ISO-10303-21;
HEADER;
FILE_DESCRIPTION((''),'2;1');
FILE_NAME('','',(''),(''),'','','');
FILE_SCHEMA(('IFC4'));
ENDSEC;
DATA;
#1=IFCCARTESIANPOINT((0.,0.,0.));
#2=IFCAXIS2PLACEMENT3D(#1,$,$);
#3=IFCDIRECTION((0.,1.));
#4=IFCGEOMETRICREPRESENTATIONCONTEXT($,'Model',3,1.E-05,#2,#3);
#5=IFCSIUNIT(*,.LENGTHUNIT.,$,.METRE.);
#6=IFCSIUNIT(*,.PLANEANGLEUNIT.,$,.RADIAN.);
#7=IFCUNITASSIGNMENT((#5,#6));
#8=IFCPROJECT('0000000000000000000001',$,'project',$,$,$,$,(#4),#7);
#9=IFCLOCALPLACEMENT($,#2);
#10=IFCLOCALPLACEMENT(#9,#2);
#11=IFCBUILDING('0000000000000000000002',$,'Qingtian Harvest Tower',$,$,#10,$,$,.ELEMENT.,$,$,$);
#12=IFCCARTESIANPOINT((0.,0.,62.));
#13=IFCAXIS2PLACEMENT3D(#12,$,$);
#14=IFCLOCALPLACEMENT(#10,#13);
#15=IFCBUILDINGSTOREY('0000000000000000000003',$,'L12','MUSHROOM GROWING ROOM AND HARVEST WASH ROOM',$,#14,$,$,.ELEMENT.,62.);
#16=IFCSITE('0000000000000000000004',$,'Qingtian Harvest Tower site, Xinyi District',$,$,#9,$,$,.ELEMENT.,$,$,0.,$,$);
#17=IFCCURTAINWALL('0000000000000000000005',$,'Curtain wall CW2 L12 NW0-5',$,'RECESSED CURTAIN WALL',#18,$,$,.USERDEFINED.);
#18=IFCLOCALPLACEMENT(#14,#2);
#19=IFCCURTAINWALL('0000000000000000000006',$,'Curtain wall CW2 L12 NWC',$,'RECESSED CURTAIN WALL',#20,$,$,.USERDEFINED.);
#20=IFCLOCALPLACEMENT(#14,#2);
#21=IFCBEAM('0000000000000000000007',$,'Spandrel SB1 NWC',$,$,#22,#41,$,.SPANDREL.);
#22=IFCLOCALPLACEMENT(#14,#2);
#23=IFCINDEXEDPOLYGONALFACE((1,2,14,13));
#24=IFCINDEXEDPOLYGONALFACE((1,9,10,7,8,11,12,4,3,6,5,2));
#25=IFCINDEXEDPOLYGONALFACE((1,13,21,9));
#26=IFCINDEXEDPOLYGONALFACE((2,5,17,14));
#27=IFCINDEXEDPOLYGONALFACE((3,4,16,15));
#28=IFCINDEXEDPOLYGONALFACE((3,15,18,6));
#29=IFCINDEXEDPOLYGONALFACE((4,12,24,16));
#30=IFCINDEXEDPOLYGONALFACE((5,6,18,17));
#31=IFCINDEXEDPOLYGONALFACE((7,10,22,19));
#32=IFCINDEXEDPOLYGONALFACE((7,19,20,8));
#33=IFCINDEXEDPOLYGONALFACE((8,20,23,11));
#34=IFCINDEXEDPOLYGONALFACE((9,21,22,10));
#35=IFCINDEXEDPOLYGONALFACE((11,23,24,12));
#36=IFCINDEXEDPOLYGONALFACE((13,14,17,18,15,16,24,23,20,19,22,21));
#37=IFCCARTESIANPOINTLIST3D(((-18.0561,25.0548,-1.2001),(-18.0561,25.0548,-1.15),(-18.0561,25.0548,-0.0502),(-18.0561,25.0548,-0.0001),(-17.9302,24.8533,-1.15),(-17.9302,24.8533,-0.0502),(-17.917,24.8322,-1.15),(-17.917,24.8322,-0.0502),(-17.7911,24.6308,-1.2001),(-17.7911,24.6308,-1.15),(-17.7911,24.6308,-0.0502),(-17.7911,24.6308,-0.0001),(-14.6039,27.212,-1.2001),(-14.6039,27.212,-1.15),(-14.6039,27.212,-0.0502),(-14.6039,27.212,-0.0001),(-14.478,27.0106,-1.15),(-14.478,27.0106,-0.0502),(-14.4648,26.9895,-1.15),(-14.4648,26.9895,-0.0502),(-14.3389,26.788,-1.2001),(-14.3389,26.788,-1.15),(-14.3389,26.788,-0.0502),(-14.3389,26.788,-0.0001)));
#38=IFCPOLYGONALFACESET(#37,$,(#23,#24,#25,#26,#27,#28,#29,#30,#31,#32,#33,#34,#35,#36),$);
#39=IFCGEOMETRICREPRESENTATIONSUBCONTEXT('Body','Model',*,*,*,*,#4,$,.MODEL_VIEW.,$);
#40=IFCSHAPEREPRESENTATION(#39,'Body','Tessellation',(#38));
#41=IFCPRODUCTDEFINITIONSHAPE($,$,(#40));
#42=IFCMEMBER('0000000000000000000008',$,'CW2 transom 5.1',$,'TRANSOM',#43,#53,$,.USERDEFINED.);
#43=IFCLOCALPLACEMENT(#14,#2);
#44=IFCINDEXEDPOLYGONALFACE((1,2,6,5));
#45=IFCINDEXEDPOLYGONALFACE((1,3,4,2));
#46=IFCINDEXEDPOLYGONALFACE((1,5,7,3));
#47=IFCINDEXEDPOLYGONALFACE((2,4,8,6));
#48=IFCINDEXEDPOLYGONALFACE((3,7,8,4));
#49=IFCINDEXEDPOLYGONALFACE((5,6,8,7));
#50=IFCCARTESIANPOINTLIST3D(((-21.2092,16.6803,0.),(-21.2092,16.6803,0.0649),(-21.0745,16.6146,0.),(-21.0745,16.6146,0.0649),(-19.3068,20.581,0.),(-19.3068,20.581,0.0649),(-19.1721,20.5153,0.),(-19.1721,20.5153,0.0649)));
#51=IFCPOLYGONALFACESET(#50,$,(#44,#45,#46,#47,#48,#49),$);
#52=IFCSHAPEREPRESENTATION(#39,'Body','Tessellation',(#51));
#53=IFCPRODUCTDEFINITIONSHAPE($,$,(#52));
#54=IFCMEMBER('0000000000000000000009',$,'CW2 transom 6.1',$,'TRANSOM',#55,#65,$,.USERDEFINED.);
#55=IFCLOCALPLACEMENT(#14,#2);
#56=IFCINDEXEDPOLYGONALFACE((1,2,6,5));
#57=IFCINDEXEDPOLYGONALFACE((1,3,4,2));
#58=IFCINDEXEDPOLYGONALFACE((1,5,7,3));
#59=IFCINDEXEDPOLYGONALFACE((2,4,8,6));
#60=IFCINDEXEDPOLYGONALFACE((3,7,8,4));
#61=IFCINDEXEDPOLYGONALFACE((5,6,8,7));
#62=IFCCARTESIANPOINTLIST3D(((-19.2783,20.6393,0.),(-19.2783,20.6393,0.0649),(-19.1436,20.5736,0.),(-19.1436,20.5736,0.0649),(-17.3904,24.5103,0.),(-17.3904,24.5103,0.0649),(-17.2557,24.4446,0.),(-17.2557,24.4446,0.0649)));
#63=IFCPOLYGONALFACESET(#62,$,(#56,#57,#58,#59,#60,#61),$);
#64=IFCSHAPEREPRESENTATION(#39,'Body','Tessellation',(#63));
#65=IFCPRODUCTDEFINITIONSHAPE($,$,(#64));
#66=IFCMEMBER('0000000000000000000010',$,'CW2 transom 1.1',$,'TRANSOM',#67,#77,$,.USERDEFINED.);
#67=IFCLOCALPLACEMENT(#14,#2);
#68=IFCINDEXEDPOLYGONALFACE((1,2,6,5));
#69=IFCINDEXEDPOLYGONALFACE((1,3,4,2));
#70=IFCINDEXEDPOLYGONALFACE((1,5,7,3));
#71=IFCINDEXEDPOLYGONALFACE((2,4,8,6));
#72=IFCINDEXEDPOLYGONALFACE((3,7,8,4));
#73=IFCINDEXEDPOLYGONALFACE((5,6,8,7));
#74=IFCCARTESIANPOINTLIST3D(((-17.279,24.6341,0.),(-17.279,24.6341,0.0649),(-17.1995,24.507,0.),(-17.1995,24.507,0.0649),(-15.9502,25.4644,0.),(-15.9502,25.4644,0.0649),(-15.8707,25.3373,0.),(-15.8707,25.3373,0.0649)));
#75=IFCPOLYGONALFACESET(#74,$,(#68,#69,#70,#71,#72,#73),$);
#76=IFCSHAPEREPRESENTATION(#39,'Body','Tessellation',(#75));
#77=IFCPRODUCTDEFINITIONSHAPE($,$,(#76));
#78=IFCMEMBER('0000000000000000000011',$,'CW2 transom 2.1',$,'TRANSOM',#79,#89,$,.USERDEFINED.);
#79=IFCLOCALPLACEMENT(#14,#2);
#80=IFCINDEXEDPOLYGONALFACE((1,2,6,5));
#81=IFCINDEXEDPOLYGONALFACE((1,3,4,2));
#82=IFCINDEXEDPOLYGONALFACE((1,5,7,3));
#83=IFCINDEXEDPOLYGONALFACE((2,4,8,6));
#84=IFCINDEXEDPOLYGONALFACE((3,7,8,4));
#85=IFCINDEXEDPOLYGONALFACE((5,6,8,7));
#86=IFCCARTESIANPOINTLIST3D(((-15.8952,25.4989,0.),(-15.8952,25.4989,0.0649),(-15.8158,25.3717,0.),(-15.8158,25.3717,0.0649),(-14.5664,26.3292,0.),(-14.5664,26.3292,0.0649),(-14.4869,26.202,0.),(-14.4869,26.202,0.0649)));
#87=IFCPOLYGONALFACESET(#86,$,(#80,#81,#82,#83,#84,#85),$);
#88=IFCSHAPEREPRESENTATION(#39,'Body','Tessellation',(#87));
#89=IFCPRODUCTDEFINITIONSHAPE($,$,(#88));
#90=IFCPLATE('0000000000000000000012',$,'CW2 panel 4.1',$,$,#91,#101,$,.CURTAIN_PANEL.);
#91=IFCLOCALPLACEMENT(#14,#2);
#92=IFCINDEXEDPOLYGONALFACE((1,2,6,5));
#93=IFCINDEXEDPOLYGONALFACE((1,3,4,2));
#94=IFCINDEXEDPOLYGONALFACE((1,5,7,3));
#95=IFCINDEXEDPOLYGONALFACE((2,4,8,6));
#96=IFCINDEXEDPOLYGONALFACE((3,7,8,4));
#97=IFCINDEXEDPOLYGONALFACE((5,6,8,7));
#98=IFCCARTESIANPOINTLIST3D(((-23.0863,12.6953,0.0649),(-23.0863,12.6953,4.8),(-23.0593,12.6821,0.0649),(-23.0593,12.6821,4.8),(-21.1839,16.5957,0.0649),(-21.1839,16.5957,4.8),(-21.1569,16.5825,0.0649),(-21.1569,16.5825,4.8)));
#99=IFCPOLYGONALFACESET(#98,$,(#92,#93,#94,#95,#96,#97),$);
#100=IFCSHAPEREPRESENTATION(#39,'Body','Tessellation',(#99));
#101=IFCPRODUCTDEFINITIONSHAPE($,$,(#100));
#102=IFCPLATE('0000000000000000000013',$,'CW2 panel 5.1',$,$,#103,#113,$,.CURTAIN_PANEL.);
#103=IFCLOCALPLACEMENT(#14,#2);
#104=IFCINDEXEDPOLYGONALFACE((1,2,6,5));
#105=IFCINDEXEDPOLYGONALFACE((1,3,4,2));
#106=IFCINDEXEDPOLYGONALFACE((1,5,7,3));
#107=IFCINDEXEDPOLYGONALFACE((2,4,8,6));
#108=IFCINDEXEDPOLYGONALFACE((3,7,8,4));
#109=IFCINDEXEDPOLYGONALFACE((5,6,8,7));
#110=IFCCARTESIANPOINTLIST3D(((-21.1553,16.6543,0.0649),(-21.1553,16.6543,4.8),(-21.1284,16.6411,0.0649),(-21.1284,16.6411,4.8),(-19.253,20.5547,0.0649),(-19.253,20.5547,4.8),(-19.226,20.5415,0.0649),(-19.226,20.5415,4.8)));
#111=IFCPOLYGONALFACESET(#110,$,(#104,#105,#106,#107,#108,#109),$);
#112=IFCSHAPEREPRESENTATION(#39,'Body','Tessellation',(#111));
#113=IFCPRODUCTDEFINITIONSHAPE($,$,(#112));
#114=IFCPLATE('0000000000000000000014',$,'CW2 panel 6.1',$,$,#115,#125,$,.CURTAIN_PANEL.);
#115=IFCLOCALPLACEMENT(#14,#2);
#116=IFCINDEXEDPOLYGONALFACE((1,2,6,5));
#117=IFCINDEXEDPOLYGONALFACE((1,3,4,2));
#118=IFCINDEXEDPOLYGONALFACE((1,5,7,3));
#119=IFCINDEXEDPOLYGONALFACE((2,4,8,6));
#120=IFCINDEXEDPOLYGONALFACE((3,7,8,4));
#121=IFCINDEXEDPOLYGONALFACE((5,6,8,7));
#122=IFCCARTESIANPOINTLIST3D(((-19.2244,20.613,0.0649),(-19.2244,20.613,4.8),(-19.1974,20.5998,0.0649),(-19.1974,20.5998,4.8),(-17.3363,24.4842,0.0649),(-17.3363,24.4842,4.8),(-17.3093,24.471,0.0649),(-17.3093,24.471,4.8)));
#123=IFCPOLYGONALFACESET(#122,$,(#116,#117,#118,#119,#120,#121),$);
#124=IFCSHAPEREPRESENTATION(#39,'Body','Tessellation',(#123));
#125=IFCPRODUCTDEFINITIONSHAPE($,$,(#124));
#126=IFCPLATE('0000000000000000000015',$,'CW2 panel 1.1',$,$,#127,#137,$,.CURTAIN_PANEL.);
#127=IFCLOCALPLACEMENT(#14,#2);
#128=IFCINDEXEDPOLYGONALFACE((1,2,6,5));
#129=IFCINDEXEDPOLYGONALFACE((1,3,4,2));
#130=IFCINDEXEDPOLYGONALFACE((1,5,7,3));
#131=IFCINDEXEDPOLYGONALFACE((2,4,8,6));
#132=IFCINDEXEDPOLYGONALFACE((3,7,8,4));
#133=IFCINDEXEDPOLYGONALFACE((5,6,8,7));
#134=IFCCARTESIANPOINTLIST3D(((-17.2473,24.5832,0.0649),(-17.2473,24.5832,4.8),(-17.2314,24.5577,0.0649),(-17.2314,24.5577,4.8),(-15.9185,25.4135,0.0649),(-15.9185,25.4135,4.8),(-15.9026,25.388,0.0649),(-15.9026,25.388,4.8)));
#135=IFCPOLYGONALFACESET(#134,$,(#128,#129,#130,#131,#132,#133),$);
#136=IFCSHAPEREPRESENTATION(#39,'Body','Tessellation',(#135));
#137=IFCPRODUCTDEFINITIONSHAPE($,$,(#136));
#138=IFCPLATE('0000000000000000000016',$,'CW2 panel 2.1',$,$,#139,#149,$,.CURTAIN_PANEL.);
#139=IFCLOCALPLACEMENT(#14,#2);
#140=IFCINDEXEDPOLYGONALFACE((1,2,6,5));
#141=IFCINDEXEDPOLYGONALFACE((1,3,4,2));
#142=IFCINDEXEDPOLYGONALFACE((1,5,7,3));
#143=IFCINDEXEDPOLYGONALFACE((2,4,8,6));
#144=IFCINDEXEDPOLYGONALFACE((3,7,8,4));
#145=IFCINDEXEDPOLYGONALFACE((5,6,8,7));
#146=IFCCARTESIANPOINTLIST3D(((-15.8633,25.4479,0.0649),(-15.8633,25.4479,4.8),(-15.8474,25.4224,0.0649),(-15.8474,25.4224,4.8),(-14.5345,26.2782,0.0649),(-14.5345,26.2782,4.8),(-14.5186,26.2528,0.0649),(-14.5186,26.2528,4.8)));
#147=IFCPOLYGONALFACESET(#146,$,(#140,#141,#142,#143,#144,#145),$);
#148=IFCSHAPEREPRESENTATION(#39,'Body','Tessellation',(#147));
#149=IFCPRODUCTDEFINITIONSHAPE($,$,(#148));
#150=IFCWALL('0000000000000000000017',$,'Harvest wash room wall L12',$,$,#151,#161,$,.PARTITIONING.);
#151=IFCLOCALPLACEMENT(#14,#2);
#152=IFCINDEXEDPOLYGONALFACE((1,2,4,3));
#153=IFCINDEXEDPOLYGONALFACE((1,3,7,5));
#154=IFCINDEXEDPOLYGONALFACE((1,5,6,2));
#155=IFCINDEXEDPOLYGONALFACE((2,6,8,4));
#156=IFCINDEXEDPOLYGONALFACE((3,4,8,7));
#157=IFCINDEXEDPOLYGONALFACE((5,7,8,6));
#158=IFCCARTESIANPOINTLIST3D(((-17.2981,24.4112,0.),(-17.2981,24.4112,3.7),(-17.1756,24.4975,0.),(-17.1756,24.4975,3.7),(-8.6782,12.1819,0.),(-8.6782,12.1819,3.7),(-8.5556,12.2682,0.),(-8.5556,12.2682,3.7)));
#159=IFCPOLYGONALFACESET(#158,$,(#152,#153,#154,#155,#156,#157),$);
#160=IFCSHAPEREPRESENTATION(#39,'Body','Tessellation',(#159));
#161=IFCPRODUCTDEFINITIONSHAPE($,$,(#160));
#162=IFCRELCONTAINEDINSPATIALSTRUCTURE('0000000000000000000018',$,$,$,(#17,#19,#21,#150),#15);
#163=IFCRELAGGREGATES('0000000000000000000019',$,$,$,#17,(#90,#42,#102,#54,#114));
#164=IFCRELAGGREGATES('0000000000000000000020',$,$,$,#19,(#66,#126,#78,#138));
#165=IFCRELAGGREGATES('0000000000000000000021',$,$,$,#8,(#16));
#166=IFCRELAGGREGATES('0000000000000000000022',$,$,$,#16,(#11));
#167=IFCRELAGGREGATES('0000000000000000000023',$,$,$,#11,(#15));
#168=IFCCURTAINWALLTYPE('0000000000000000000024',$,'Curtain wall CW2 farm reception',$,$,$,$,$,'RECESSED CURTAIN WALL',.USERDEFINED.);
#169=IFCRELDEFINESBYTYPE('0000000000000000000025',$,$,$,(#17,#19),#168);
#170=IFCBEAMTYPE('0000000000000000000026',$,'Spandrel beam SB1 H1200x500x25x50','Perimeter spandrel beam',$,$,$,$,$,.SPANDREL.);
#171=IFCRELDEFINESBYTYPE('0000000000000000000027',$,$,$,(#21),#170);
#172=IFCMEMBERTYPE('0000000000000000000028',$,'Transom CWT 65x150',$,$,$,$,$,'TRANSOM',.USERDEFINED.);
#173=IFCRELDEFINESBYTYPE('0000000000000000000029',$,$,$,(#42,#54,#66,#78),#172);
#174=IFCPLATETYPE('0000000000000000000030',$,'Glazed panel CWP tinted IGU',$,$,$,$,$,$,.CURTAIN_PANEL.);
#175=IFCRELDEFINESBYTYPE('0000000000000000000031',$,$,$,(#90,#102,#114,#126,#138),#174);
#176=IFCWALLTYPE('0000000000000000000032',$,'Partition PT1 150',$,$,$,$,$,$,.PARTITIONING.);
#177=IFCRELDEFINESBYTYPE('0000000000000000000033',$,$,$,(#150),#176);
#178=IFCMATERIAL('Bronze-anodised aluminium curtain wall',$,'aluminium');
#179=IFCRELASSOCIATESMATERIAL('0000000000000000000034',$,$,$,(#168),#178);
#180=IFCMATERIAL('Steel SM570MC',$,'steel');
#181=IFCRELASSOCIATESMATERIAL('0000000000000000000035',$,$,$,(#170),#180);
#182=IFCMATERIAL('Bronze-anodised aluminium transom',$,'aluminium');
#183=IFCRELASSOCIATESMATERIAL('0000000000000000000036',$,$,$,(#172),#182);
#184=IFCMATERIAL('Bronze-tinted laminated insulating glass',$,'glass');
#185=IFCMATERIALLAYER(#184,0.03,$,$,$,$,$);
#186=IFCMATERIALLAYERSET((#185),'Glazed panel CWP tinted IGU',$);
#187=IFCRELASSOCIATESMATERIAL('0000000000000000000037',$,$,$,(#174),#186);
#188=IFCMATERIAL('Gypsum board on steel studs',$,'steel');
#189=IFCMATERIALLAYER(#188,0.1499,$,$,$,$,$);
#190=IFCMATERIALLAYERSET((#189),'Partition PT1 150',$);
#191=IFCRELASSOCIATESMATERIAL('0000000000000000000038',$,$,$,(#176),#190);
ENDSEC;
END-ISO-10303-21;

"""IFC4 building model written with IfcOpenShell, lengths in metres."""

from ifc_helpers import new_model, si_unit, direction, frame, frame_2d, origin, origin_2d, place, context, subcontext, project, spatial, rectangle, i_section, extrude, material, layer, layer_set, material_profile, profile_set, type_object, element, aggregate, save


model = new_model("IFC4")

# Units and contexts
model_context = context("Model", 3, precision=1e-05, world=origin(), true_north=direction((0.0, 1.0)))
body_context = subcontext(model_context, "Body", "Model", "MODEL_VIEW")
ifc_project = project(units=[si_unit("LENGTHUNIT", "METRE"), si_unit("PLANEANGLEUNIT", "RADIAN")], contexts=[model_context])

# Site, building, storey
site_placement = place(None, origin())
site = spatial("IfcSite", under=ifc_project, at=site_placement, Name="Qingtian Harvest Tower site, Xinyi District", CompositionType="ELEMENT", RefElevation=0.0)
building_placement = place(site_placement, origin())
building = spatial("IfcBuilding", under=site, at=building_placement, Name="Qingtian Harvest Tower", CompositionType="ELEMENT")
storey_placement = place(building_placement, frame((0.0, 0.0, 62.0)))
storey = spatial("IfcBuildingStorey", under=building, at=storey_placement, Name="L12", Description="MUSHROOM GROWING ROOM AND HARVEST WASH ROOM", CompositionType="ELEMENT", Elevation=62.0)

# Curtain walls
ifc_material_1 = material(Name="Bronze-anodised aluminium curtain wall", Category="aluminium")
curtain_wall_type = type_object("IfcCurtainWallType", Name="Curtain wall CW2 farm reception", ElementType="RECESSED CURTAIN WALL", PredefinedType="USERDEFINED", material=ifc_material_1)
curtain_wall_1_placement = place(storey_placement, origin())
curtain_wall_1 = element("IfcCurtainWall", 1, at=curtain_wall_1_placement, inside=storey, type_object=curtain_wall_type, Name="Curtain wall CW2 L12 NW0-5", ObjectType="RECESSED CURTAIN WALL", PredefinedType="USERDEFINED")
curtain_wall_2_placement = place(storey_placement, origin())
curtain_wall_2 = element("IfcCurtainWall", 2, at=curtain_wall_2_placement, inside=storey, type_object=curtain_wall_type, Name="Curtain wall CW2 L12 NWC", ObjectType="RECESSED CURTAIN WALL", PredefinedType="USERDEFINED")

# Beam
ifc_material_2 = material(Name="Steel SM570MC", Category="steel")
ifc_material_profile_1 = material_profile(ifc_material_2, i_section(OverallWidth=0.5, OverallDepth=1.2, WebThickness=0.0249, FlangeThickness=0.05, at=origin_2d()), Name="H1200x500x25x50")
ifc_profile_set_1 = profile_set([ifc_material_profile_1], Name="Steel SM570MC")
beam_type_1 = type_object("IfcBeamType", Name="Spandrel beam SB1 H1200x500x25x50", Description="Perimeter spandrel beam", PredefinedType="SPANDREL", material=ifc_profile_set_1)
beam_1_placement = place(storey_placement, frame((-17.9236, 24.8428, -0.6001), z_axis=(0.848039, 0.529934, 0.0), x_axis=(-0.529934, 0.848039, 0.0)))
element("IfcBeam", 3, at=beam_1_placement, inside=storey, type_object=beam_type_1, Name="Spandrel SB1 NWC", PredefinedType="SPANDREL", context=body_context, shape_type="SweptSolid", body=[
    extrude(i_section(OverallWidth=0.5, OverallDepth=1.2, WebThickness=0.0249, FlangeThickness=0.05, at=origin_2d()), origin(), (0.0, 0.0, 1.0), 4.0708),
])

# Members
ifc_material_3 = material(Name="Bronze-anodised aluminium transom", Category="aluminium")
ifc_material_profile_2 = material_profile(ifc_material_3, rectangle(XDim=0.1499, YDim=0.0649, at=origin_2d()), Name="AL 65x150")
ifc_profile_set_2 = profile_set([ifc_material_profile_2], Name="Bronze-anodised aluminium transom")
member_type_1 = type_object("IfcMemberType", Name="Transom CWT 65x150", ElementType="TRANSOM", PredefinedType="USERDEFINED", material=ifc_profile_set_2)
member_1_placement = place(storey_placement, frame((-21.1418, 16.6475, 0.0325), z_axis=(0.438348, 0.898805, 0.0), x_axis=(-0.898805, 0.438348, 0.0)))
member_1 = element("IfcMember", 4, at=member_1_placement, type_object=member_type_1, Name="CW2 transom 5.1", ObjectType="TRANSOM", PredefinedType="USERDEFINED", context=body_context, shape_type="SweptSolid", body=[
    extrude(rectangle(XDim=0.1499, YDim=0.0649, at=origin_2d()), origin(), (0.0, 0.0, 1.0), 4.3398),
])
member_2_placement = place(storey_placement, frame((-19.2109, 20.6064, 0.0325), z_axis=(0.438349, 0.898805, 0.0), x_axis=(-0.898805, 0.438349, 0.0)))
member_2 = element("IfcMember", 5, at=member_2_placement, type_object=member_type_1, Name="CW2 transom 6.1", ObjectType="TRANSOM", PredefinedType="USERDEFINED", context=body_context, shape_type="SweptSolid", body=[
    extrude(rectangle(XDim=0.1499, YDim=0.0649, at=origin_2d()), origin(), (0.0, 0.0, 1.0), 4.3069),
])
member_3_placement = place(storey_placement, frame((-17.2393, 24.5706, 0.0325), z_axis=(0.84806, 0.529901, 0.0), x_axis=(-0.529901, 0.84806, 0.0)))
member_3 = element("IfcMember", 6, at=member_3_placement, type_object=member_type_1, Name="CW2 transom 1.1", ObjectType="TRANSOM", PredefinedType="USERDEFINED", context=body_context, shape_type="SweptSolid", body=[
    extrude(rectangle(XDim=0.1499, YDim=0.0649, at=origin_2d()), origin(), (0.0, 0.0, 1.0), 1.5669),
])
member_4_placement = place(storey_placement, frame((-15.8555, 25.4353, 0.0325), z_axis=(0.84806, 0.529901, 0.0), x_axis=(-0.529901, 0.84806, 0.0)))
member_4 = element("IfcMember", 7, at=member_4_placement, type_object=member_type_1, Name="CW2 transom 2.1", ObjectType="TRANSOM", PredefinedType="USERDEFINED", context=body_context, shape_type="SweptSolid", body=[
    extrude(rectangle(XDim=0.1499, YDim=0.0649, at=origin_2d()), origin(), (0.0, 0.0, 1.0), 1.5669),
])

# Plates
ifc_material_4 = material(Name="Bronze-tinted laminated insulating glass", Category="glass")
ifc_layer_1 = layer(ifc_material_4, 0.03)
ifc_layer_set_1 = layer_set([ifc_layer_1], Name="Glazed panel CWP tinted IGU")
plate_type = type_object("IfcPlateType", Name="Glazed panel CWP tinted IGU", PredefinedType="CURTAIN_PANEL", material=ifc_layer_set_1)
plate_1_placement = place(storey_placement, frame((-22.1216, 14.6389, 0.0649), z_axis=(0.0, 0.0, 1.0), x_axis=(0.438371, 0.898794, 0.0)))
plate_1 = element("IfcPlate", 8, at=plate_1_placement, type_object=plate_type, Name="CW2 panel 4.1", PredefinedType="CURTAIN_PANEL", context=body_context, shape_type="SweptSolid", body=[
    extrude(rectangle(XDim=4.3396, YDim=0.03, at=origin_2d()), origin(), (0.0, 0.0, 1.0), 4.7351),
])
plate_2_placement = place(storey_placement, frame((-20.1907, 18.5979, 0.0649), z_axis=(0.0, 0.0, 1.0), x_axis=(0.438371, 0.898794, 0.0)))
plate_2 = element("IfcPlate", 9, at=plate_2_placement, type_object=plate_type, Name="CW2 panel 5.1", PredefinedType="CURTAIN_PANEL", context=body_context, shape_type="SweptSolid", body=[
    extrude(rectangle(XDim=4.3396, YDim=0.03, at=origin_2d()), origin(), (0.0, 0.0, 1.0), 4.7351),
])
plate_3_placement = place(storey_placement, frame((-18.2668, 22.542, 0.0649), z_axis=(0.0, 0.0, 1.0), x_axis=(0.438371, 0.898794, 0.0)))
plate_3 = element("IfcPlate", 10, at=plate_3_placement, type_object=plate_type, Name="CW2 panel 6.1", PredefinedType="CURTAIN_PANEL", context=body_context, shape_type="SweptSolid", body=[
    extrude(rectangle(XDim=4.3071, YDim=0.03, at=origin_2d()), origin(), (0.0, 0.0, 1.0), 4.7351),
])
aggregate(curtain_wall_1, [plate_1, member_1, plate_2, member_2, plate_3])
plate_4_placement = place(storey_placement, frame((-16.575, 24.9856, 0.0649), z_axis=(0.0, 0.0, 1.0), x_axis=(0.848048, 0.529919, 0.0)))
plate_4 = element("IfcPlate", 11, at=plate_4_placement, type_object=plate_type, Name="CW2 panel 1.1", PredefinedType="CURTAIN_PANEL", context=body_context, shape_type="SweptSolid", body=[
    extrude(rectangle(XDim=1.5669, YDim=0.03, at=origin_2d()), origin(), (0.0, 0.0, 1.0), 4.7351),
])
plate_5_placement = place(storey_placement, frame((-15.1909, 25.8503, 0.0649), z_axis=(0.0, 0.0, 1.0), x_axis=(0.848048, 0.529919, 0.0)))
plate_5 = element("IfcPlate", 12, at=plate_5_placement, type_object=plate_type, Name="CW2 panel 2.1", PredefinedType="CURTAIN_PANEL", context=body_context, shape_type="SweptSolid", body=[
    extrude(rectangle(XDim=1.5669, YDim=0.03, at=origin_2d()), origin(), (0.0, 0.0, 1.0), 4.7351),
])
aggregate(curtain_wall_2, [member_3, plate_4, member_4, plate_5])

# Wall
ifc_material_5 = material(Name="Gypsum board on steel studs", Category="steel")
ifc_layer_2 = layer(ifc_material_5, 0.1499)
ifc_layer_set_2 = layer_set([ifc_layer_2], Name="Partition PT1 150")
wall_type = type_object("IfcWallType", Name="Partition PT1 150", PredefinedType="PARTITIONING", material=ifc_layer_set_2)
wall_placement = place(storey_placement, frame((-17.2368, 24.4543, 0.0), z_axis=(0.0, 0.0, 1.0), x_axis=(0.576124, -0.817362, 0.0)))
element("IfcWall", 13, at=wall_placement, inside=storey, type_object=wall_type, Name="Harvest wash room wall L12", PredefinedType="PARTITIONING", context=body_context, shape_type="SweptSolid", body=[
    extrude(rectangle(XDim=14.9619, YDim=0.1499, at=frame_2d((7.481, 0.0))), origin(), (0.0, 0.0, 1.0), 3.7),
])

save(model, "model.ifc")
